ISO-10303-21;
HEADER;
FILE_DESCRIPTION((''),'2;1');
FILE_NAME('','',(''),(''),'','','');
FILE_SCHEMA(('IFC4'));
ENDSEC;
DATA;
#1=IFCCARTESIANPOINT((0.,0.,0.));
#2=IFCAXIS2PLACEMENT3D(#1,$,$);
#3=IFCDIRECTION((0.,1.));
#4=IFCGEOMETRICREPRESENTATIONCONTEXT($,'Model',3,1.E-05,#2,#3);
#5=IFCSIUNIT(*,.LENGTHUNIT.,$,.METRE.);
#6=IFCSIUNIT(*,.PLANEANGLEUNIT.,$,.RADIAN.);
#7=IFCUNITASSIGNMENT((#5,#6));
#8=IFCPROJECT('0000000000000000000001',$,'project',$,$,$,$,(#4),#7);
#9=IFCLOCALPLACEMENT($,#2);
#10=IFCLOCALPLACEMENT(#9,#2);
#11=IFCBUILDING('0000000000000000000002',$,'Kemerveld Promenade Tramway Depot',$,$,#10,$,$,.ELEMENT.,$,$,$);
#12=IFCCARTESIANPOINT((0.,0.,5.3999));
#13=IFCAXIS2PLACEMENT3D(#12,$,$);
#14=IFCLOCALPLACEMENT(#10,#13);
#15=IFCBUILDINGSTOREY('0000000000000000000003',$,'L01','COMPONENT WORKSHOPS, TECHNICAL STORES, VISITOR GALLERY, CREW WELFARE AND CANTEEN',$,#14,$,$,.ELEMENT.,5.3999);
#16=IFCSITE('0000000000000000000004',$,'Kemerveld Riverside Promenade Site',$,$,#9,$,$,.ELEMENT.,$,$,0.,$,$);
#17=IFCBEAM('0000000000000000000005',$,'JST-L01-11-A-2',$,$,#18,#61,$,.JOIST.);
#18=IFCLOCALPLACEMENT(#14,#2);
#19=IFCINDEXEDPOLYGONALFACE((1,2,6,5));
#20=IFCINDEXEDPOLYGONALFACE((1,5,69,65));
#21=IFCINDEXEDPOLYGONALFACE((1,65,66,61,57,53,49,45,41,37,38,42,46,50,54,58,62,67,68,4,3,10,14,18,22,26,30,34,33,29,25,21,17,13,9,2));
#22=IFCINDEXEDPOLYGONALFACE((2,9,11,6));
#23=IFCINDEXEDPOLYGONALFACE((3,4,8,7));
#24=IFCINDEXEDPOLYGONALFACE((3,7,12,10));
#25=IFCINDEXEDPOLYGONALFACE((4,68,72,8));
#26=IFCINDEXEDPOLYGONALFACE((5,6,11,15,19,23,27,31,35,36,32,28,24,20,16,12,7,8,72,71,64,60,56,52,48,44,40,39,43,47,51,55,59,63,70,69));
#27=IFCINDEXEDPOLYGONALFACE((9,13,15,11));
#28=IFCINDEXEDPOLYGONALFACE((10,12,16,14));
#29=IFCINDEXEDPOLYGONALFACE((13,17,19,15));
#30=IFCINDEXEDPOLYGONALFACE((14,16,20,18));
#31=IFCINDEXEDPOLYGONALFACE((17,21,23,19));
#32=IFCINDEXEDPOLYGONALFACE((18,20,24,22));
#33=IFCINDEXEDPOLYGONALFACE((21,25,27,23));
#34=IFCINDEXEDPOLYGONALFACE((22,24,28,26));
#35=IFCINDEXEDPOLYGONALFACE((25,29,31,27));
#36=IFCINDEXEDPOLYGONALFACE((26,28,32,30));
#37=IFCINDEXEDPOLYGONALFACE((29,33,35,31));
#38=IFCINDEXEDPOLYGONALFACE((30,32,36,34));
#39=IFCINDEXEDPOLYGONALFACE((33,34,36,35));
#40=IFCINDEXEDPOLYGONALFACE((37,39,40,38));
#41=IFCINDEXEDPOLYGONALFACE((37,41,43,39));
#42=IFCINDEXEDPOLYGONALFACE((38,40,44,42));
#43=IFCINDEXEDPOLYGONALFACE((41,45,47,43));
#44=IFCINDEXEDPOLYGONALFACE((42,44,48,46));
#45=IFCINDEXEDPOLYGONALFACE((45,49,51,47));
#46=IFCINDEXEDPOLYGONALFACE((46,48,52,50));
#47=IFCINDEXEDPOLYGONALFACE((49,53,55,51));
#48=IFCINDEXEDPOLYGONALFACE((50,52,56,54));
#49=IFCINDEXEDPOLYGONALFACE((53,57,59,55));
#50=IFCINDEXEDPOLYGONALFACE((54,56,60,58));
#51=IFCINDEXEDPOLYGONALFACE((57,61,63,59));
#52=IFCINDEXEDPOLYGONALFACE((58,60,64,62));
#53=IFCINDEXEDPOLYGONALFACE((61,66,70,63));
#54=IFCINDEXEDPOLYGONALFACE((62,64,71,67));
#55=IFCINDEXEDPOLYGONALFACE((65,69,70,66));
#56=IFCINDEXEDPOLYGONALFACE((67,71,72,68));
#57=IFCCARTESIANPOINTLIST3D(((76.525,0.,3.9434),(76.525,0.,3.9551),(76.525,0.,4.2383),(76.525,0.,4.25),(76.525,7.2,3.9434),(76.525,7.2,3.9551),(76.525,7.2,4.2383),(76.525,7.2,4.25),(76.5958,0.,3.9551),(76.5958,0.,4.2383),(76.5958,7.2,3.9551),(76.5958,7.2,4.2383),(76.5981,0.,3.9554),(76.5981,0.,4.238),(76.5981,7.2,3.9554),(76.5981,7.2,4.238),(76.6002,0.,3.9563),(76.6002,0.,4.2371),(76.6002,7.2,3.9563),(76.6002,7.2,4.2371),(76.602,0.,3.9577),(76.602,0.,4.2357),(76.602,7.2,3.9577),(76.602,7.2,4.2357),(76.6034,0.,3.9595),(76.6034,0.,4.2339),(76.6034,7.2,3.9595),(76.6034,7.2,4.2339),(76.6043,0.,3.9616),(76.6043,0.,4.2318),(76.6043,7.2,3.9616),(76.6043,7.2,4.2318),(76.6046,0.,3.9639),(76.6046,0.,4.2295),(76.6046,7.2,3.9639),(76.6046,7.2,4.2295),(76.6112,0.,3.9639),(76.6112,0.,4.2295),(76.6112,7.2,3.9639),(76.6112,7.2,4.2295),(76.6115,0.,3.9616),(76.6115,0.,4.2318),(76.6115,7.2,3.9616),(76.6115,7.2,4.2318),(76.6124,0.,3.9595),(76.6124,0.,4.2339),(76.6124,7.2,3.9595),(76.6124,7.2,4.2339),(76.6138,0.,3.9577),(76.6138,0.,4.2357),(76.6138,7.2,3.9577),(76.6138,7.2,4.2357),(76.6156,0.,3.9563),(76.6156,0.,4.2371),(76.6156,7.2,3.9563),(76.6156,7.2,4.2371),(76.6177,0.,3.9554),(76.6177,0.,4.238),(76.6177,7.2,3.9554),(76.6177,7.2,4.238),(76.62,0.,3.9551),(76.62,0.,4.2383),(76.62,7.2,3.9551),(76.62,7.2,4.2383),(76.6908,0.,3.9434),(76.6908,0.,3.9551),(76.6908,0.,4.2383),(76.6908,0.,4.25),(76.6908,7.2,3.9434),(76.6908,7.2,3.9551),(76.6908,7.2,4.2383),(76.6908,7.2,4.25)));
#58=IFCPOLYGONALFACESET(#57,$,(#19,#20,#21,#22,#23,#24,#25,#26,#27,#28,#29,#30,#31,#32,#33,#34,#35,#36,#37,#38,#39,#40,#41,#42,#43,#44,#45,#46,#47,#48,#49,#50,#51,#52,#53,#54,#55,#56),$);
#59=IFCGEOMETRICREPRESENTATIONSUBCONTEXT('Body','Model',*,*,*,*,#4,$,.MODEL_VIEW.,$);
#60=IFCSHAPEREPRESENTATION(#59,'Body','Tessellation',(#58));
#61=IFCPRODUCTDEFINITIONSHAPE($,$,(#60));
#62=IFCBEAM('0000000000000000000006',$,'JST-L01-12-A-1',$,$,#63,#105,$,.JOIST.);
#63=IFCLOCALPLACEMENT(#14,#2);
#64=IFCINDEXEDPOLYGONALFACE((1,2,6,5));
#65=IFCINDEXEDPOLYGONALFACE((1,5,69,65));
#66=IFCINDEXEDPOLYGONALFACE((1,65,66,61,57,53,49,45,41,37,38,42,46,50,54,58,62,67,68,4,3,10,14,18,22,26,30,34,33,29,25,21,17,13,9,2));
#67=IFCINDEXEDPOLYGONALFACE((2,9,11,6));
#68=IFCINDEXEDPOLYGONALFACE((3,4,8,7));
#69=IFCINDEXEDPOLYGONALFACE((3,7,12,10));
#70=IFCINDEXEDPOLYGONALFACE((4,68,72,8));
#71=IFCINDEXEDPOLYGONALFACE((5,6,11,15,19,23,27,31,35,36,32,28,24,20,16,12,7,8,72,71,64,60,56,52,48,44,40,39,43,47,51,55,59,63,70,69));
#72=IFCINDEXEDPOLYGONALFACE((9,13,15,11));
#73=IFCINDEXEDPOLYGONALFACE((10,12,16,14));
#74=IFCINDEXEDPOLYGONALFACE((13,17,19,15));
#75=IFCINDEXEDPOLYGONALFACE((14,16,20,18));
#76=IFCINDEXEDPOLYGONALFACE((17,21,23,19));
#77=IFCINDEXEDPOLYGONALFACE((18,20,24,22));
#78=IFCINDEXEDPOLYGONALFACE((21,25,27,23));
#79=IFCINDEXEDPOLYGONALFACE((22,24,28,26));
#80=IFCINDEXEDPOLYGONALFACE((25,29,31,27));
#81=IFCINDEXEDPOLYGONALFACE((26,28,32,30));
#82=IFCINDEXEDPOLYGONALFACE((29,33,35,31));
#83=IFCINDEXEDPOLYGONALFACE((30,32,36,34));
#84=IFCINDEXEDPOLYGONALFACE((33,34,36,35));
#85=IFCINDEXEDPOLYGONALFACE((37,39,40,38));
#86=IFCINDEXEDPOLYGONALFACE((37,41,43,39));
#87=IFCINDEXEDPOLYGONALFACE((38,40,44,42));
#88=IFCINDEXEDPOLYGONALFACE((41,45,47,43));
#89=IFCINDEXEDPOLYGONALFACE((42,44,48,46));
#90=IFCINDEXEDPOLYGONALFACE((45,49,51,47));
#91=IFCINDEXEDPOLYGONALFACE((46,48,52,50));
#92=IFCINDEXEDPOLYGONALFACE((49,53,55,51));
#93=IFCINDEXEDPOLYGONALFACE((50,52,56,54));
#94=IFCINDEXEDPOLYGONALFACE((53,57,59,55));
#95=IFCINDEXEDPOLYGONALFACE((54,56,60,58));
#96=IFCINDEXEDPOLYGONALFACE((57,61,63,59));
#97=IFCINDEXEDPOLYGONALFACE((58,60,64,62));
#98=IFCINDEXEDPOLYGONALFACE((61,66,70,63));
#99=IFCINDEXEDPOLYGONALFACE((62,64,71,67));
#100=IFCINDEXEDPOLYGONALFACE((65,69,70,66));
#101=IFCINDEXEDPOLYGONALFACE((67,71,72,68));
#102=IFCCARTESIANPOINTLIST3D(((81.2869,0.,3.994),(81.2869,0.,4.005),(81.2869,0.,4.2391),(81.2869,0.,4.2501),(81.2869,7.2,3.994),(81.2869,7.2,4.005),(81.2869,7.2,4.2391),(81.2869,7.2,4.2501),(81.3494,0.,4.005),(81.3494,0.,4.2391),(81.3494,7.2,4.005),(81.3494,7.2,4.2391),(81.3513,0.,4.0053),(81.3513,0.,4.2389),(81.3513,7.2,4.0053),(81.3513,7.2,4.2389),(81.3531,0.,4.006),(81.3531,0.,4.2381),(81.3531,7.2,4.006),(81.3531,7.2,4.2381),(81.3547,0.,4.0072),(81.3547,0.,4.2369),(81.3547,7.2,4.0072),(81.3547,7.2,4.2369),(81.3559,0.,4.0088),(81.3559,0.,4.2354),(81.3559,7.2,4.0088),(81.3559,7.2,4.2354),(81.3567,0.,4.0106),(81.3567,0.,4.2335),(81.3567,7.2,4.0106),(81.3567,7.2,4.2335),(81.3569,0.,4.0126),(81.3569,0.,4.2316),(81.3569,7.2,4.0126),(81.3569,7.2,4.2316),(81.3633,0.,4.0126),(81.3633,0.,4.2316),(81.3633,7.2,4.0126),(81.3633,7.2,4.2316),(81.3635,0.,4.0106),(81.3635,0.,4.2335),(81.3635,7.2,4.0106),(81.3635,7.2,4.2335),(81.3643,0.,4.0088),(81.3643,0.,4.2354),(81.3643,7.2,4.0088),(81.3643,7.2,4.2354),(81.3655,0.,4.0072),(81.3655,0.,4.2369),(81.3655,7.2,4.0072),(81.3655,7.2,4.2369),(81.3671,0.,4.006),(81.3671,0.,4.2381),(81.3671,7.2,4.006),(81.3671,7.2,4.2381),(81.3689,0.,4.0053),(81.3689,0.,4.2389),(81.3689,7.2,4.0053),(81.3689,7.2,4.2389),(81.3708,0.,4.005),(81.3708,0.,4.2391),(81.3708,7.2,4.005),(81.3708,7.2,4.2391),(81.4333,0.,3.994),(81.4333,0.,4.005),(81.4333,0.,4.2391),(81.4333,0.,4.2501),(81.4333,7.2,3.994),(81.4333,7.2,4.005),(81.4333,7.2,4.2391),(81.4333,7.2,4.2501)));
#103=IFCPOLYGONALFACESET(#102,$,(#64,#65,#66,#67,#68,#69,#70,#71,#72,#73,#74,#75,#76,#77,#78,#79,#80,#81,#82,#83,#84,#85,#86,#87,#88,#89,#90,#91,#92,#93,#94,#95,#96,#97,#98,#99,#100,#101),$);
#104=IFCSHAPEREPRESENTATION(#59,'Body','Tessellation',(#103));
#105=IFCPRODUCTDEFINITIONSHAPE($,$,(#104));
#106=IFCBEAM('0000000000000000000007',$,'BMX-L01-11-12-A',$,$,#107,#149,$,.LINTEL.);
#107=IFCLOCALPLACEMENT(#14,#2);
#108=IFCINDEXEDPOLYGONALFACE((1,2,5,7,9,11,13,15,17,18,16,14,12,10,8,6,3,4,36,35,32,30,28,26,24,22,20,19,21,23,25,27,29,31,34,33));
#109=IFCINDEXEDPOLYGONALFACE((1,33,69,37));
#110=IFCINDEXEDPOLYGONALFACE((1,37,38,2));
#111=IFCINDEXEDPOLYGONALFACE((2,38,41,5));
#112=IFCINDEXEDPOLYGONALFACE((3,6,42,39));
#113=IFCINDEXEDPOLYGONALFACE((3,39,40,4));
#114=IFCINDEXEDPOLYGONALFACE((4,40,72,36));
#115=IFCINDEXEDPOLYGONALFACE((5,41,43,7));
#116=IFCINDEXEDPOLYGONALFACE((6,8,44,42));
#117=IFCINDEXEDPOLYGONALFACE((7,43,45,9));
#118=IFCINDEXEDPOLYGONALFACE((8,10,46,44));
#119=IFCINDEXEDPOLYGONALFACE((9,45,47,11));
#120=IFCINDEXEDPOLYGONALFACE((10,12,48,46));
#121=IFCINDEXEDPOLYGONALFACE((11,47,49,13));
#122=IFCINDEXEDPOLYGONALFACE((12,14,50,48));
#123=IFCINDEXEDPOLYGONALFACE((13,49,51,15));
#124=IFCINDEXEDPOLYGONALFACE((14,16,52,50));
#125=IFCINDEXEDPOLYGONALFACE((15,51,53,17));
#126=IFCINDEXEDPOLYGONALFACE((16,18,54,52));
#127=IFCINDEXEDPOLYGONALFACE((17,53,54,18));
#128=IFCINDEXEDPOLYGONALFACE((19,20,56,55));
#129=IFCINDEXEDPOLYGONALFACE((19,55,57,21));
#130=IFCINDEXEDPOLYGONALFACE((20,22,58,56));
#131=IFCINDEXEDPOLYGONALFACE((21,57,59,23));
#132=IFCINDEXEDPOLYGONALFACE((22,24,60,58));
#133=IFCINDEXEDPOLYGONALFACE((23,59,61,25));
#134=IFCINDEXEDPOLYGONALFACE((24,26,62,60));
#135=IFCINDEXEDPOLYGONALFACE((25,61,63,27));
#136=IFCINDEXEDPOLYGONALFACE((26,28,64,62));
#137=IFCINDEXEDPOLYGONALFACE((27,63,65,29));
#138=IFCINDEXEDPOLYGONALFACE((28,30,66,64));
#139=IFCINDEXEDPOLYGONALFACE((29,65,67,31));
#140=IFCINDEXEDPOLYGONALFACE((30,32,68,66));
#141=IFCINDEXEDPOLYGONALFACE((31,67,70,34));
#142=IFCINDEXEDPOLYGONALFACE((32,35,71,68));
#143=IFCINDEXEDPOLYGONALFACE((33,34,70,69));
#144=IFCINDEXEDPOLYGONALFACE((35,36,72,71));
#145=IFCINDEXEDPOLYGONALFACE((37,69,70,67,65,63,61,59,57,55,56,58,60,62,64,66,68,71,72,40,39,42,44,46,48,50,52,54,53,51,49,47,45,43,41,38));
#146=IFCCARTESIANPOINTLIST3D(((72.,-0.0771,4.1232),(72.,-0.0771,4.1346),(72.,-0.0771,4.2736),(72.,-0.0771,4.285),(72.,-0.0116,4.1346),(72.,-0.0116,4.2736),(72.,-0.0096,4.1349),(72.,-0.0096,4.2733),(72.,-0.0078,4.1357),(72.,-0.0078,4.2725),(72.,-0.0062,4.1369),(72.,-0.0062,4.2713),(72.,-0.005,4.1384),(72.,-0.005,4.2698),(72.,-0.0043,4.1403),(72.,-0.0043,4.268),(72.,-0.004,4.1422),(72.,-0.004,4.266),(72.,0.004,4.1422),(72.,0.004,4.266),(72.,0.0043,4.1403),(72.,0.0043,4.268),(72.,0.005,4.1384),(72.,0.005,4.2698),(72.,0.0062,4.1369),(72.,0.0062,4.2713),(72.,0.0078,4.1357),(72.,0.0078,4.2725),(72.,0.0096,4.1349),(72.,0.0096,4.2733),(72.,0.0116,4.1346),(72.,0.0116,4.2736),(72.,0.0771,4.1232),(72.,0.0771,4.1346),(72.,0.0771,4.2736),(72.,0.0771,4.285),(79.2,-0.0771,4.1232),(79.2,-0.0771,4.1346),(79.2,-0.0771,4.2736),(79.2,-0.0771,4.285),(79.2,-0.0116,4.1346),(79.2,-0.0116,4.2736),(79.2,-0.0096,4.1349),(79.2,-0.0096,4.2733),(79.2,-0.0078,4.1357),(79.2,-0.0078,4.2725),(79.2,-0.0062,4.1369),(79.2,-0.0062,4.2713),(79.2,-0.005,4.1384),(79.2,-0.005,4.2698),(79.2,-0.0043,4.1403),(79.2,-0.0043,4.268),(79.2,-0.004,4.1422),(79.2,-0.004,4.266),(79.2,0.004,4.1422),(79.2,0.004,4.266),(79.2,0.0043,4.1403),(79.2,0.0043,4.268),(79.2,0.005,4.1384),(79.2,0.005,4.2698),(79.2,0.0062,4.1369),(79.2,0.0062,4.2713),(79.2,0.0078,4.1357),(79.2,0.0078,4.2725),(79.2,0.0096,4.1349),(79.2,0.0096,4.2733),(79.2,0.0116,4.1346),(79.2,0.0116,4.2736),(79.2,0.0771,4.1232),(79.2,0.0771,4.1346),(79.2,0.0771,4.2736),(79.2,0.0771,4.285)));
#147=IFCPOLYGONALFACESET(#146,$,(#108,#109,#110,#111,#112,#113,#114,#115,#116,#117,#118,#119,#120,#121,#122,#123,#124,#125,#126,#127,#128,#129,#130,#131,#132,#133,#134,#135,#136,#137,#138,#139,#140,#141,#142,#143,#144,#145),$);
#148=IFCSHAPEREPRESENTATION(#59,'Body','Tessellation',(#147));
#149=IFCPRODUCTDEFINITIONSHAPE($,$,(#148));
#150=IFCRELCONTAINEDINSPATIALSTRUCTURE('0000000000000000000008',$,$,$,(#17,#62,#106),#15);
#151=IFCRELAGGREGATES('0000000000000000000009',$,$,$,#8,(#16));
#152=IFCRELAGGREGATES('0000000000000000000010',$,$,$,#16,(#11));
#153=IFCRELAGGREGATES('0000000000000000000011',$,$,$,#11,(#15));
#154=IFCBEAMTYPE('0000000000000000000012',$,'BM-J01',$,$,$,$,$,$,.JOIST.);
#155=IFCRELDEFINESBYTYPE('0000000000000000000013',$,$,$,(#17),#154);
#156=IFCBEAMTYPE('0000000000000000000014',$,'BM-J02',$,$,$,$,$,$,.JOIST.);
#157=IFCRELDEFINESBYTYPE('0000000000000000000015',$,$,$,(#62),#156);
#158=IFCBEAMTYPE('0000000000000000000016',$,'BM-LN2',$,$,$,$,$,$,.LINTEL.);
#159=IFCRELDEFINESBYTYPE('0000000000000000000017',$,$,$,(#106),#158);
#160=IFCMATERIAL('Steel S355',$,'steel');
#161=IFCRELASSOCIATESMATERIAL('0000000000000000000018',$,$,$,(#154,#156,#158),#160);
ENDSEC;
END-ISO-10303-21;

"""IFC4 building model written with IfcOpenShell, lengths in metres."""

from ifc_helpers import new_model, si_unit, direction, frame, origin, origin_2d, place, context, subcontext, project, spatial, i_section, extrude, material, material_profile, profile_set, type_object, element, save


model = new_model("IFC4")

# Units and contexts
model_context = context("Model", 3, precision=1e-05, world=origin(), true_north=direction((0.0, 1.0)))
body_context = subcontext(model_context, "Body", "Model", "MODEL_VIEW")
ifc_project = project(units=[si_unit("LENGTHUNIT", "METRE"), si_unit("PLANEANGLEUNIT", "RADIAN")], contexts=[model_context])

# Site, building, storey
site_placement = place(None, origin())
site = spatial("IfcSite", under=ifc_project, at=site_placement, Name="Kemerveld Riverside Promenade Site", CompositionType="ELEMENT", RefElevation=0.0)
building_placement = place(site_placement, origin())
building = spatial("IfcBuilding", under=site, at=building_placement, Name="Kemerveld Promenade Tramway Depot", CompositionType="ELEMENT")
storey_placement = place(building_placement, frame((0.0, 0.0, 5.3999)))
storey = spatial("IfcBuildingStorey", under=building, at=storey_placement, Name="L01", Description="COMPONENT WORKSHOPS, TECHNICAL STORES, VISITOR GALLERY, CREW WELFARE AND CANTEEN", CompositionType="ELEMENT", Elevation=5.3999)

# Shared definitions
ifc_material_1 = material(Name="Steel S355", Category="steel")

# Beams
ifc_material_profile_1 = material_profile(ifc_material_1, i_section(OverallWidth=0.1658, OverallDepth=0.3066, WebThickness=0.0066, FlangeThickness=0.0117, FilletRadius=0.0088, at=origin_2d()), Name="305x165x46 UB")
ifc_profile_set_1 = profile_set([ifc_material_profile_1], Name="Steel S355")
beam_type_1 = type_object("IfcBeamType", Name="BM-J01", PredefinedType="JOIST", material=ifc_profile_set_1)
for number, where, z_axis, x_axis, name in (
    (1, (76.6079, 0.0, 4.0967), (0.0, 1.0, 0.0), (-1.0, 0.0, 0.0), "JST-L01-11-A-2"),
):
    element("IfcBeam", number, at=place(storey_placement, frame(where, z_axis=z_axis, x_axis=x_axis)), inside=storey, type_object=beam_type_1, Name=name, PredefinedType="JOIST", context=body_context, shape_type="SweptSolid", body=[
        extrude(i_section(OverallWidth=0.1658, OverallDepth=0.3066, WebThickness=0.0066, FlangeThickness=0.0117, FilletRadius=0.0088, at=origin_2d()), origin(), (0.0, 0.0, 1.0), 7.2),
    ])
ifc_material_profile_2 = material_profile(ifc_material_1, i_section(OverallWidth=0.1465, OverallDepth=0.2561, WebThickness=0.0063, FlangeThickness=0.011, FilletRadius=0.0076, at=origin_2d()), Name="254x146x37 UB")
ifc_profile_set_2 = profile_set([ifc_material_profile_2], Name="Steel S355")
beam_type_2 = type_object("IfcBeamType", Name="BM-J02", PredefinedType="JOIST", material=ifc_profile_set_2)
beam_1_placement = place(storey_placement, frame((81.3601, 0.0, 4.1221), z_axis=(0.0, 1.0, 0.0), x_axis=(-1.0, 0.0, 0.0)))
element("IfcBeam", 2, at=beam_1_placement, inside=storey, type_object=beam_type_2, Name="JST-L01-12-A-1", PredefinedType="JOIST", context=body_context, shape_type="SweptSolid", body=[
    extrude(i_section(OverallWidth=0.1465, OverallDepth=0.2561, WebThickness=0.0063, FlangeThickness=0.011, FilletRadius=0.0076, at=origin_2d()), origin(), (0.0, 0.0, 1.0), 7.2),
])
ifc_material_profile_3 = material_profile(ifc_material_1, i_section(OverallWidth=0.1543, OverallDepth=0.1619, WebThickness=0.0081, FlangeThickness=0.0115, FilletRadius=0.0076, at=origin_2d()), Name="152x152x37 UC")
ifc_profile_set_3 = profile_set([ifc_material_profile_3], Name="Steel S355")
beam_type_3 = type_object("IfcBeamType", Name="BM-LN2", PredefinedType="LINTEL", material=ifc_profile_set_3)
beam_2_placement = place(storey_placement, frame((72.0, 0.0, 4.2041), z_axis=(1.0, 0.0, 0.0), x_axis=(0.0, 1.0, 0.0)))
element("IfcBeam", 3, at=beam_2_placement, inside=storey, type_object=beam_type_3, Name="BMX-L01-11-12-A", PredefinedType="LINTEL", context=body_context, shape_type="SweptSolid", body=[
    extrude(i_section(OverallWidth=0.1543, OverallDepth=0.1619, WebThickness=0.0081, FlangeThickness=0.0115, FilletRadius=0.0076, at=origin_2d()), origin(), (0.0, 0.0, 1.0), 7.2),
])

save(model, "model.ifc")
